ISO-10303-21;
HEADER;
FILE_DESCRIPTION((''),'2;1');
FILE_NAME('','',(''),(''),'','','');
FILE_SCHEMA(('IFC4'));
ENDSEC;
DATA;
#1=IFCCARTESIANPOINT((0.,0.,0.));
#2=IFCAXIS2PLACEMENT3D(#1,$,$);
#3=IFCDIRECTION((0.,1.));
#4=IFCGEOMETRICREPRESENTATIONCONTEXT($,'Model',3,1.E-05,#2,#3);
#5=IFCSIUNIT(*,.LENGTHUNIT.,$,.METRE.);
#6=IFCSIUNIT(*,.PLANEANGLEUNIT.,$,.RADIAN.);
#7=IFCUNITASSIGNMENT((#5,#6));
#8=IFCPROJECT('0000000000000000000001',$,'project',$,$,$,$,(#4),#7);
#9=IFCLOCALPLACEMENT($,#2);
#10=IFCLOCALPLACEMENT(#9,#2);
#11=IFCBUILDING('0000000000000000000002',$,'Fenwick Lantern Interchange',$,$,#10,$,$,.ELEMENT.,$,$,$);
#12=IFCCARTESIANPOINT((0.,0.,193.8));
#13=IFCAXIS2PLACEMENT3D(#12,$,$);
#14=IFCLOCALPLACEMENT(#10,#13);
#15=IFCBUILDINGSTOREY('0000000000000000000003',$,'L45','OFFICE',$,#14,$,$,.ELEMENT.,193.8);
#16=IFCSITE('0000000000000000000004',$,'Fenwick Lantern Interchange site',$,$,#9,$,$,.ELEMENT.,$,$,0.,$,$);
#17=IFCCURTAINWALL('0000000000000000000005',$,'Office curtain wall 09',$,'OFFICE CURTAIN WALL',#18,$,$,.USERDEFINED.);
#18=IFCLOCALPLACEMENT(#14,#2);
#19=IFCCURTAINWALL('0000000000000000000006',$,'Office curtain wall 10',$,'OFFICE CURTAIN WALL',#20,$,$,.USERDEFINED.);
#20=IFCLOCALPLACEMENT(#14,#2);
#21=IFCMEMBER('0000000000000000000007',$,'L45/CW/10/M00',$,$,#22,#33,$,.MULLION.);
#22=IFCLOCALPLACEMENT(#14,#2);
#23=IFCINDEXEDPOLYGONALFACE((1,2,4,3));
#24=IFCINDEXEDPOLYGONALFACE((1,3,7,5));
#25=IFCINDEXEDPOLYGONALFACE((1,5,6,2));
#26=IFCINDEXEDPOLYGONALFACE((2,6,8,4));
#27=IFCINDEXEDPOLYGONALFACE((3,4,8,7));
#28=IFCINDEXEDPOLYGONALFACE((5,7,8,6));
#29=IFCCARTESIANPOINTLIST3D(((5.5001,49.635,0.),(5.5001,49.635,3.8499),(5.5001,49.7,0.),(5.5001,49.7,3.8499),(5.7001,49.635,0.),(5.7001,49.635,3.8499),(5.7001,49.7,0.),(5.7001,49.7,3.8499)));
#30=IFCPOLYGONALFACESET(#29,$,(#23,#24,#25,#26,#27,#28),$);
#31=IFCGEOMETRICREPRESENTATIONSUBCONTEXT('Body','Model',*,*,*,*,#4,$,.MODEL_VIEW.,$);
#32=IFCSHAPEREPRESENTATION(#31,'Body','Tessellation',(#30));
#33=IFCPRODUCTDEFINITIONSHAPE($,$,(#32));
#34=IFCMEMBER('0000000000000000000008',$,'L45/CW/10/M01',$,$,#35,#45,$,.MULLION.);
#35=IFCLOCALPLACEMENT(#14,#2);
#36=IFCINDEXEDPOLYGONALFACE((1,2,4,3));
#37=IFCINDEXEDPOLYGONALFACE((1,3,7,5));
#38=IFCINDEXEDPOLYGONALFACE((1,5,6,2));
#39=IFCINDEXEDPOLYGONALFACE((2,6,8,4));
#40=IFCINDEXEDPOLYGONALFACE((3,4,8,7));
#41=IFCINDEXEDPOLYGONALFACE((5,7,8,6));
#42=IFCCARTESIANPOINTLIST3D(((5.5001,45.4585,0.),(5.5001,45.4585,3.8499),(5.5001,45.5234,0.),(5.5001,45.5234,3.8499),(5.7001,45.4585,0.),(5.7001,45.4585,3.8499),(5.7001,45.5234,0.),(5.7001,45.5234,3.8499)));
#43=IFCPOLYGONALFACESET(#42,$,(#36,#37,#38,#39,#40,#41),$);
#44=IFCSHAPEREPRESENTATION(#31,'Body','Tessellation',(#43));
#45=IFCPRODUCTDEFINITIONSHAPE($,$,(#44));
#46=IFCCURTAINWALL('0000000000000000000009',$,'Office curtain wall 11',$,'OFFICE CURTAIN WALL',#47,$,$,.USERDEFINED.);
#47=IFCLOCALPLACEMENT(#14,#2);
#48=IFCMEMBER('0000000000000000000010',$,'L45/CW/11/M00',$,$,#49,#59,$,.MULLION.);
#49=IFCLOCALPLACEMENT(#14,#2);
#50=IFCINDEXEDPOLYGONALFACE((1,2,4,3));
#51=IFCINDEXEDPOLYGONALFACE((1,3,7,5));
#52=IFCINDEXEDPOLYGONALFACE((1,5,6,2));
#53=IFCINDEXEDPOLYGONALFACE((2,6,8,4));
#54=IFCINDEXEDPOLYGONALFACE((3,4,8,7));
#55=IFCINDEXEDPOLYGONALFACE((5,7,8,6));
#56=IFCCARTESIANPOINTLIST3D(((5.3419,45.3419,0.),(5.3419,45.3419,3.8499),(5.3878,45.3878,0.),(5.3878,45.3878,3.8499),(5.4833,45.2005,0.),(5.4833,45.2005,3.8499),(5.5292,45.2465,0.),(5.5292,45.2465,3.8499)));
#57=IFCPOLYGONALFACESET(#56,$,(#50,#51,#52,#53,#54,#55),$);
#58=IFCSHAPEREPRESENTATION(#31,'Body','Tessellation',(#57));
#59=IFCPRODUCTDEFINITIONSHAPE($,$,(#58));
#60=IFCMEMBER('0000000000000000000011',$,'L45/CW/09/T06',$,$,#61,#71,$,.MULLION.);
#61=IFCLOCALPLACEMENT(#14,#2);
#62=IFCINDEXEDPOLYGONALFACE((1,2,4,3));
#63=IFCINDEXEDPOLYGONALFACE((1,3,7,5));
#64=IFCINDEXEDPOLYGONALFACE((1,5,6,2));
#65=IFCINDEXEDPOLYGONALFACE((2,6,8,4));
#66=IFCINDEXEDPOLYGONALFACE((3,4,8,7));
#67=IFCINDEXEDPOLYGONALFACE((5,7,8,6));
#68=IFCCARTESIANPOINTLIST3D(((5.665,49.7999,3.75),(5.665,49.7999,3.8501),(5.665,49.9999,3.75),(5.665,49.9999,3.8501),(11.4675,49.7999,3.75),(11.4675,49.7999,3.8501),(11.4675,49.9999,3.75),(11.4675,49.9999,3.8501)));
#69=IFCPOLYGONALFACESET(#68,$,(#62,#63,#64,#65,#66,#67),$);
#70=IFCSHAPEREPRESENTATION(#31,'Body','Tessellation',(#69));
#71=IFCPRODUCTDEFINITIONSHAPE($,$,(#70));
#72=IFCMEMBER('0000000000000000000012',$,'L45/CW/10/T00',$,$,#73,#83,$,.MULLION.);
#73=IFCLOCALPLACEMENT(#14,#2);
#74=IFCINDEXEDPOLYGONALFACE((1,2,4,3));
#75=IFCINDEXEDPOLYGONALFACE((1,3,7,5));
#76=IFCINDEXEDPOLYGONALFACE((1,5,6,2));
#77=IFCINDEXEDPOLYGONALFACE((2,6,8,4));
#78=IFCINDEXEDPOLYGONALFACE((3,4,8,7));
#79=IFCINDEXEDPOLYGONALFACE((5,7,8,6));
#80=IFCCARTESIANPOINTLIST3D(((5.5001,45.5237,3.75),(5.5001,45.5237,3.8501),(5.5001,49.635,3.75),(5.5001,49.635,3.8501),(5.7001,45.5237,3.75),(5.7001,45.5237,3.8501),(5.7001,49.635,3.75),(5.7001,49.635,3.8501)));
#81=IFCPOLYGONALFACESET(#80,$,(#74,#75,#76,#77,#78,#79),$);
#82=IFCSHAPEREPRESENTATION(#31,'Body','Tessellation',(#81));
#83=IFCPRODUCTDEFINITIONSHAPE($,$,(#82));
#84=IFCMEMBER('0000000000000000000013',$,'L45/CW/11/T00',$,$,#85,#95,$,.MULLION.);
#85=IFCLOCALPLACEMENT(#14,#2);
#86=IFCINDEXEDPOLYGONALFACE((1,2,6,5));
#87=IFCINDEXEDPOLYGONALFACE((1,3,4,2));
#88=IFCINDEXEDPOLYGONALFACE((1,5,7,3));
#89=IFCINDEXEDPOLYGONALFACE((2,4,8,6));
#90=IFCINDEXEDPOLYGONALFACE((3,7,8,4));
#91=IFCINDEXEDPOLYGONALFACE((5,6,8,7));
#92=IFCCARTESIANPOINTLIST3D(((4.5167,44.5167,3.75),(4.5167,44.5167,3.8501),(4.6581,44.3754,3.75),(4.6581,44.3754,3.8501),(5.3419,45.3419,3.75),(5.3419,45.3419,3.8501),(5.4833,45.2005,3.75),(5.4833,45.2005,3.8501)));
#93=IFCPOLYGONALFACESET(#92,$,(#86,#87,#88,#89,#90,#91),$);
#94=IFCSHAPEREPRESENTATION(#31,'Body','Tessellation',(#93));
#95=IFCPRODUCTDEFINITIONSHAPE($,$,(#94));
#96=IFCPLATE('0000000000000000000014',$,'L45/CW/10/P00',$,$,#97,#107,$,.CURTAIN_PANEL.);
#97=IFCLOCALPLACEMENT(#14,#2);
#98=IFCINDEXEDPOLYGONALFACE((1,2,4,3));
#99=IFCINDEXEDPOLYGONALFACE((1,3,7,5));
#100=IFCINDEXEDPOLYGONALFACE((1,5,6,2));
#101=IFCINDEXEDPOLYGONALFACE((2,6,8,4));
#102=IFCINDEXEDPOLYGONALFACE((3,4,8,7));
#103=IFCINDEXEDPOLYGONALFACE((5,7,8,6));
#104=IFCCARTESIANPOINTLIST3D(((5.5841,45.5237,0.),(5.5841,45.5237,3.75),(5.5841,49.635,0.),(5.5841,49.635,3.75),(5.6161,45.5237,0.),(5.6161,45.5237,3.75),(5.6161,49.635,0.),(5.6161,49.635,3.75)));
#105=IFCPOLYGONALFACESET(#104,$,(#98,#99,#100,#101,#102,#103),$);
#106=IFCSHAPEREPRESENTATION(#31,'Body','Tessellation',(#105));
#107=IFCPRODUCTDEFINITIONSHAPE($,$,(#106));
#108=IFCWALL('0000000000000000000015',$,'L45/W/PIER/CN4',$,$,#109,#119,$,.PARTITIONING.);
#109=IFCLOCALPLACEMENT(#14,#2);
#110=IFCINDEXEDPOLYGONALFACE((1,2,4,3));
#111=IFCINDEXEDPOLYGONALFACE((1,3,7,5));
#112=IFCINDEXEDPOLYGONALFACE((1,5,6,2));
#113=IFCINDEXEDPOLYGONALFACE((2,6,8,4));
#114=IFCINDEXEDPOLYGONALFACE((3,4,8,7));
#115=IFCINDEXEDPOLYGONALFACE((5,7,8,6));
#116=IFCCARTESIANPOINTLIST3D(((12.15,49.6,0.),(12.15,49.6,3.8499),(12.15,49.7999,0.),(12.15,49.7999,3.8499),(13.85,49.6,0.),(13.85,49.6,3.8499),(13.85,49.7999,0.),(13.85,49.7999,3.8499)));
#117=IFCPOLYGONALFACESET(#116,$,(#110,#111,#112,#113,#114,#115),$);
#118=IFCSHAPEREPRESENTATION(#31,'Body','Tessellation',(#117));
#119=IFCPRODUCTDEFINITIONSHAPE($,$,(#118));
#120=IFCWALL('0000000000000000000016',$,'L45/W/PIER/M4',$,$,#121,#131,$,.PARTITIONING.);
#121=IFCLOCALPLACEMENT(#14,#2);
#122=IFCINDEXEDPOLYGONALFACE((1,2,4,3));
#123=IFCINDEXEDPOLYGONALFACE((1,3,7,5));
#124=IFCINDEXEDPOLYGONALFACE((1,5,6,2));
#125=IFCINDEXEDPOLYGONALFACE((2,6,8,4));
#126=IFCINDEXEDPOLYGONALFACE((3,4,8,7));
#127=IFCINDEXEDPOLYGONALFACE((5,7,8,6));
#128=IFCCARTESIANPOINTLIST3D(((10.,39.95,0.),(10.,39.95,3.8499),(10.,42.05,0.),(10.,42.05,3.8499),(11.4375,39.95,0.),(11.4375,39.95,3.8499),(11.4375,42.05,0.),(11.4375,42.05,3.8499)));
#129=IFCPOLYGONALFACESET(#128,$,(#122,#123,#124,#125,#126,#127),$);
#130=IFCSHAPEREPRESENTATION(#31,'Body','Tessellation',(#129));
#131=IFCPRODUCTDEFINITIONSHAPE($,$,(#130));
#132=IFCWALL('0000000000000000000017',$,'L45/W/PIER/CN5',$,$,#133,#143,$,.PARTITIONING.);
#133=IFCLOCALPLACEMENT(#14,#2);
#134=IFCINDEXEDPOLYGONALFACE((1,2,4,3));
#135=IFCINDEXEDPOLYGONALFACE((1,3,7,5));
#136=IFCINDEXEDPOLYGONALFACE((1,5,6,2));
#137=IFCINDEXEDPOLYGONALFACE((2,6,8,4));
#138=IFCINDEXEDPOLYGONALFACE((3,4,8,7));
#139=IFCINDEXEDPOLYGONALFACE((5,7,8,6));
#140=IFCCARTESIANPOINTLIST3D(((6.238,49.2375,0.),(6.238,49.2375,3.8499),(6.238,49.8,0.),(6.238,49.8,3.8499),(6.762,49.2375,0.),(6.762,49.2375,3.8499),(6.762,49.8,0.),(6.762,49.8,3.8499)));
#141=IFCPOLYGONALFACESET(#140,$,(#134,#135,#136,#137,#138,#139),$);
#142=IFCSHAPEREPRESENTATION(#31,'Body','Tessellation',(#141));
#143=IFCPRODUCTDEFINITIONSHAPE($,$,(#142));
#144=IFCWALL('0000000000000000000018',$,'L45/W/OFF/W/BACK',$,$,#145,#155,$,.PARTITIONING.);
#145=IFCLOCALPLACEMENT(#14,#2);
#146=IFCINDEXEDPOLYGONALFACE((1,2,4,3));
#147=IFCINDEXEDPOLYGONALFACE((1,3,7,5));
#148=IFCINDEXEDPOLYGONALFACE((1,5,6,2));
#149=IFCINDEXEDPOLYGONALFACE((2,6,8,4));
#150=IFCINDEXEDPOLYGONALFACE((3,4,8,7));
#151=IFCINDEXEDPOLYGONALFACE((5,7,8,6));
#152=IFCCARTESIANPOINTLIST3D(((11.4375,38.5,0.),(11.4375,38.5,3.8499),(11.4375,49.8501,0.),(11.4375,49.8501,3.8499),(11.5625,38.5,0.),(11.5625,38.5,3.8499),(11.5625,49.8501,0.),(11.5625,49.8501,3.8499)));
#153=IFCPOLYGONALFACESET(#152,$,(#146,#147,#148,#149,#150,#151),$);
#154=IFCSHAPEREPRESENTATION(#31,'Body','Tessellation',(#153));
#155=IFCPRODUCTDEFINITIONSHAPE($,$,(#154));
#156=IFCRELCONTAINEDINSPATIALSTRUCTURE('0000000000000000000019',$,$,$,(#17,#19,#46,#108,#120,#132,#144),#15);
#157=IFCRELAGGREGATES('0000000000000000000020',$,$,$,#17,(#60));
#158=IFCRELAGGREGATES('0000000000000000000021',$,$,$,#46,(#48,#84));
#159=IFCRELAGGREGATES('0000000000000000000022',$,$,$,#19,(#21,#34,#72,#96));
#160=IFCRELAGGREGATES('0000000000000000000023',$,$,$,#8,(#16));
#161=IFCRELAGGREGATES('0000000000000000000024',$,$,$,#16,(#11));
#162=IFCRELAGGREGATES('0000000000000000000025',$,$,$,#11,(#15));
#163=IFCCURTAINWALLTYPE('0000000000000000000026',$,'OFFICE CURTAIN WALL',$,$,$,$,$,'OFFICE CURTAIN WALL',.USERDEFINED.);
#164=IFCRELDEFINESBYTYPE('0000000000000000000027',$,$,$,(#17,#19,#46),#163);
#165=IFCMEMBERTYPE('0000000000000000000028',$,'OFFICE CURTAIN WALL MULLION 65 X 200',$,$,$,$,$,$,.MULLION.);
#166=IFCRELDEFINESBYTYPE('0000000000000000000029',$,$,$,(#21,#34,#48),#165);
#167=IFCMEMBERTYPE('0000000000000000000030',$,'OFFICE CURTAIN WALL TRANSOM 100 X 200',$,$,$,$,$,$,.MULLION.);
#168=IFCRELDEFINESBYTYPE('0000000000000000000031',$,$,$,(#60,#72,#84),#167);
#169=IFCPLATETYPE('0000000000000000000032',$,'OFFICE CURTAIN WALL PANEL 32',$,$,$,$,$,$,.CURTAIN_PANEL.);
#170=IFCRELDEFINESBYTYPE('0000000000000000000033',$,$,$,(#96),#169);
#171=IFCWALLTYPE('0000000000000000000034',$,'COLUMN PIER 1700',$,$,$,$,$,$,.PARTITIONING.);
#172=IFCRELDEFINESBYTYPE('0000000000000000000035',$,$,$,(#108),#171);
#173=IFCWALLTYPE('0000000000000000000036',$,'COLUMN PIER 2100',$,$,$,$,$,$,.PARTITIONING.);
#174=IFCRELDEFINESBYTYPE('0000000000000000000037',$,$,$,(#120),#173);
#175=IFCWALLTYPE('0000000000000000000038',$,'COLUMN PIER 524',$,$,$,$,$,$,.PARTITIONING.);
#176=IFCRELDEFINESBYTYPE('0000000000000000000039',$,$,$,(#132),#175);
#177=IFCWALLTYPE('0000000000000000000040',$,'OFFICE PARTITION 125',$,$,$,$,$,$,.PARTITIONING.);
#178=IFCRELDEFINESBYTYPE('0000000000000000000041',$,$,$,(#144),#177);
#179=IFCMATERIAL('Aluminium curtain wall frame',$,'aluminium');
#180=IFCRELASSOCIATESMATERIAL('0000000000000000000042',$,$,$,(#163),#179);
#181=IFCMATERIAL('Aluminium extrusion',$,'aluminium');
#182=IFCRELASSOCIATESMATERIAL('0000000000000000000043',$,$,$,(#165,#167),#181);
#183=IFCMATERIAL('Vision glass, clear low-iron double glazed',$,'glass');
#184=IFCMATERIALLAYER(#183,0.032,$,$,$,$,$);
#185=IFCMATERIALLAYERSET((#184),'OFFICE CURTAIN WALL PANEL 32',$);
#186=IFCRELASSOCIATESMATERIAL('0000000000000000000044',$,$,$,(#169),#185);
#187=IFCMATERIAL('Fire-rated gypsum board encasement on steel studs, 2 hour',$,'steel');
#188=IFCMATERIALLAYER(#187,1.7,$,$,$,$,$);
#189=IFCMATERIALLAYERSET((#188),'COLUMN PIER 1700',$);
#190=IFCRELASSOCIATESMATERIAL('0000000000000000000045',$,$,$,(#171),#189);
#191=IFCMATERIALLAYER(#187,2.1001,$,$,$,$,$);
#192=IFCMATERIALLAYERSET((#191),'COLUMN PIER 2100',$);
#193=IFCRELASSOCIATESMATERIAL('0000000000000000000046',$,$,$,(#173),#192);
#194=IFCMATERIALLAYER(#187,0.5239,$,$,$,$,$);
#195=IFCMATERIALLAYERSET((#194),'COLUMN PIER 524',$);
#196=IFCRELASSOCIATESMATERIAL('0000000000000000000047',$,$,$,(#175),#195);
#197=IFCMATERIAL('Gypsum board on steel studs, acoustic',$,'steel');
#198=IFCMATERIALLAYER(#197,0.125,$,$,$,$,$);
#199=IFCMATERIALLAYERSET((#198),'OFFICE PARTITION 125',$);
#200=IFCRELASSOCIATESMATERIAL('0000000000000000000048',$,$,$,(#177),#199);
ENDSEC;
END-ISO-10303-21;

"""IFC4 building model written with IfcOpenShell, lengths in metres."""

from ifc_helpers import new_model, si_unit, direction, frame, frame_2d, origin, origin_2d, place, context, subcontext, project, spatial, rectangle, extrude, material, layer, layer_set, material_profile, profile_set, type_object, element, aggregate, save


model = new_model("IFC4")

# Units and contexts
model_context = context("Model", 3, precision=1e-05, world=origin(), true_north=direction((0.0, 1.0)))
body_context = subcontext(model_context, "Body", "Model", "MODEL_VIEW")
ifc_project = project(units=[si_unit("LENGTHUNIT", "METRE"), si_unit("PLANEANGLEUNIT", "RADIAN")], contexts=[model_context])

# Site, building, storey
site_placement = place(None, origin())
site = spatial("IfcSite", under=ifc_project, at=site_placement, Name="Fenwick Lantern Interchange site", CompositionType="ELEMENT", RefElevation=0.0)
building_placement = place(site_placement, origin())
building = spatial("IfcBuilding", under=site, at=building_placement, Name="Fenwick Lantern Interchange", CompositionType="ELEMENT")
storey_placement = place(building_placement, frame((0.0, 0.0, 193.8)))
storey = spatial("IfcBuildingStorey", under=building, at=storey_placement, Name="L45", Description="OFFICE", CompositionType="ELEMENT", Elevation=193.8)

# Curtain walls, members
ifc_material_1 = material(Name="Aluminium curtain wall frame", Category="aluminium")
curtain_wall_type = type_object("IfcCurtainWallType", Name="OFFICE CURTAIN WALL", ElementType="OFFICE CURTAIN WALL", PredefinedType="USERDEFINED", material=ifc_material_1)
curtain_wall_1_placement = place(storey_placement, origin())
curtain_wall_1 = element("IfcCurtainWall", 1, at=curtain_wall_1_placement, inside=storey, type_object=curtain_wall_type, Name="Office curtain wall 09", ObjectType="OFFICE CURTAIN WALL", PredefinedType="USERDEFINED")
ifc_material_2 = material(Name="Aluminium extrusion", Category="aluminium")
ifc_material_profile_1 = material_profile(ifc_material_2, rectangle(XDim=0.2, YDim=0.0649, at=origin_2d()), Name="OFFICE CURTAIN WALL MULLION 65 X 200")
ifc_profile_set_1 = profile_set([ifc_material_profile_1], Name="Aluminium extrusion")
member_type_1 = type_object("IfcMemberType", Name="OFFICE CURTAIN WALL MULLION 65 X 200", PredefinedType="MULLION", material=ifc_profile_set_1)
curtain_wall_2_placement = place(storey_placement, origin())
curtain_wall_2 = element("IfcCurtainWall", 2, at=curtain_wall_2_placement, inside=storey, type_object=curtain_wall_type, Name="Office curtain wall 10", ObjectType="OFFICE CURTAIN WALL", PredefinedType="USERDEFINED")
member_1_placement = place(storey_placement, frame((5.6001, 49.6675, 0.0), z_axis=(0.0, 0.0, 1.0), x_axis=(1.0, 0.0, 0.0)))
member_1 = element("IfcMember", 3, at=member_1_placement, type_object=member_type_1, Name="L45/CW/10/M00", PredefinedType="MULLION", context=body_context, shape_type="SweptSolid", body=[
    extrude(rectangle(XDim=0.2, YDim=0.0649, at=origin_2d()), origin(), (0.0, 0.0, 1.0), 3.8499),
])
member_2_placement = place(storey_placement, frame((5.6001, 45.491, 0.0), z_axis=(0.0, 0.0, 1.0), x_axis=(1.0, 0.0, 0.0)))
member_2 = element("IfcMember", 4, at=member_2_placement, type_object=member_type_1, Name="L45/CW/10/M01", PredefinedType="MULLION", context=body_context, shape_type="SweptSolid", body=[
    extrude(rectangle(XDim=0.2, YDim=0.0649, at=origin_2d()), origin(), (0.0, 0.0, 1.0), 3.8499),
])

# Curtain wall, member
curtain_wall_3_placement = place(storey_placement, origin())
curtain_wall_3 = element("IfcCurtainWall", 5, at=curtain_wall_3_placement, inside=storey, type_object=curtain_wall_type, Name="Office curtain wall 11", ObjectType="OFFICE CURTAIN WALL", PredefinedType="USERDEFINED")
member_3_placement = place(storey_placement, frame((5.4355, 45.2942, 0.0), z_axis=(0.0, 0.0, 1.0), x_axis=(0.707107, -0.707107, 0.0)))
member_3 = element("IfcMember", 6, at=member_3_placement, type_object=member_type_1, Name="L45/CW/11/M00", PredefinedType="MULLION", context=body_context, shape_type="SweptSolid", body=[
    extrude(rectangle(XDim=0.2, YDim=0.0649, at=origin_2d()), origin(), (0.0, 0.0, 1.0), 3.8499),
])

# Members
ifc_material_profile_2 = material_profile(ifc_material_2, rectangle(XDim=0.2, YDim=0.1001, at=origin_2d()), Name="OFFICE CURTAIN WALL TRANSOM 100 X 200")
ifc_profile_set_2 = profile_set([ifc_material_profile_2], Name="Aluminium extrusion")
member_type_2 = type_object("IfcMemberType", Name="OFFICE CURTAIN WALL TRANSOM 100 X 200", PredefinedType="MULLION", material=ifc_profile_set_2)
member_4_placement = place(storey_placement, frame((11.4675, 49.8999, 3.8), z_axis=(-1.0, 0.0, 0.0), x_axis=(0.0, -1.0, 0.0)))
member_4 = element("IfcMember", 7, at=member_4_placement, type_object=member_type_2, Name="L45/CW/09/T06", PredefinedType="MULLION", context=body_context, shape_type="SweptSolid", body=[
    extrude(rectangle(XDim=0.2, YDim=0.1001, at=origin_2d()), origin(), (0.0, 0.0, 1.0), 5.8025),
])
aggregate(curtain_wall_1, [member_4])
member_5_placement = place(storey_placement, frame((5.6001, 49.635, 3.8), z_axis=(0.0, -1.0, 0.0), x_axis=(1.0, 0.0, 0.0)))
member_5 = element("IfcMember", 8, at=member_5_placement, type_object=member_type_2, Name="L45/CW/10/T00", PredefinedType="MULLION", context=body_context, shape_type="SweptSolid", body=[
    extrude(rectangle(XDim=0.2, YDim=0.1001, at=origin_2d()), origin(), (0.0, 0.0, 1.0), 4.1113),
])
member_6_placement = place(storey_placement, frame((5.4126, 45.2712, 3.8), z_axis=(-0.707107, -0.707107, 0.0), x_axis=(0.707107, -0.707107, 0.0)))
member_6 = element("IfcMember", 9, at=member_6_placement, type_object=member_type_2, Name="L45/CW/11/T00", PredefinedType="MULLION", context=body_context, shape_type="SweptSolid", body=[
    extrude(rectangle(XDim=0.2, YDim=0.1001, at=origin_2d()), origin(), (0.0, 0.0, 1.0), 1.167),
])
aggregate(curtain_wall_3, [member_3, member_6])

# Plate
ifc_material_3 = material(Name="Vision glass, clear low-iron double glazed", Category="glass")
ifc_layer_1 = layer(ifc_material_3, 0.032)
ifc_layer_set_1 = layer_set([ifc_layer_1], Name="OFFICE CURTAIN WALL PANEL 32")
plate_type = type_object("IfcPlateType", Name="OFFICE CURTAIN WALL PANEL 32", PredefinedType="CURTAIN_PANEL", material=ifc_layer_set_1)
plate_placement = place(storey_placement, frame((5.6001, 47.5793, 0.0), z_axis=(0.0, 0.0, 1.0), x_axis=(0.0, -1.0, 0.0)))
plate = element("IfcPlate", 10, at=plate_placement, type_object=plate_type, Name="L45/CW/10/P00", PredefinedType="CURTAIN_PANEL", context=body_context, shape_type="SweptSolid", body=[
    extrude(rectangle(XDim=4.1113, YDim=0.032, at=origin_2d()), origin(), (0.0, 0.0, 1.0), 3.75),
])
aggregate(curtain_wall_2, [member_1, member_2, member_5, plate])

# Walls
ifc_material_4 = material(Name="Fire-rated gypsum board encasement on steel studs, 2 hour", Category="steel")
ifc_layer_2 = layer(ifc_material_4, 1.7)
ifc_layer_set_2 = layer_set([ifc_layer_2], Name="COLUMN PIER 1700")
wall_type_1 = type_object("IfcWallType", Name="COLUMN PIER 1700", PredefinedType="PARTITIONING", material=ifc_layer_set_2)
wall_1_placement = place(storey_placement, frame((13.0, 49.8, 0.0), z_axis=(0.0, 0.0, 1.0), x_axis=(0.0, -1.0, 0.0)))
element("IfcWall", 11, at=wall_1_placement, inside=storey, type_object=wall_type_1, Name="L45/W/PIER/CN4", PredefinedType="PARTITIONING", context=body_context, shape_type="SweptSolid", body=[
    extrude(rectangle(XDim=0.2, YDim=1.7, at=frame_2d((0.1001, 0.0))), origin(), (0.0, 0.0, 1.0), 3.8499),
])
ifc_layer_3 = layer(ifc_material_4, 2.1001)
ifc_layer_set_3 = layer_set([ifc_layer_3], Name="COLUMN PIER 2100")
wall_type_2 = type_object("IfcWallType", Name="COLUMN PIER 2100", PredefinedType="PARTITIONING", material=ifc_layer_set_3)
wall_2_placement = place(storey_placement, frame((11.4375, 41.0, 0.0), z_axis=(0.0, 0.0, 1.0), x_axis=(-1.0, 0.0, 0.0)))
element("IfcWall", 12, at=wall_2_placement, inside=storey, type_object=wall_type_2, Name="L45/W/PIER/M4", PredefinedType="PARTITIONING", context=body_context, shape_type="SweptSolid", body=[
    extrude(rectangle(XDim=1.4375, YDim=2.1001, at=frame_2d((0.7188, 0.0))), origin(), (0.0, 0.0, 1.0), 3.8499),
])
ifc_layer_4 = layer(ifc_material_4, 0.5239)
ifc_layer_set_4 = layer_set([ifc_layer_4], Name="COLUMN PIER 524")
wall_type_3 = type_object("IfcWallType", Name="COLUMN PIER 524", PredefinedType="PARTITIONING", material=ifc_layer_set_4)
wall_3_placement = place(storey_placement, frame((6.5, 49.8, 0.0), z_axis=(0.0, 0.0, 1.0), x_axis=(0.0, -1.0, 0.0)))
element("IfcWall", 13, at=wall_3_placement, inside=storey, type_object=wall_type_3, Name="L45/W/PIER/CN5", PredefinedType="PARTITIONING", context=body_context, shape_type="SweptSolid", body=[
    extrude(rectangle(XDim=0.5625, YDim=0.5239, at=frame_2d((0.2812, 0.0))), origin(), (0.0, 0.0, 1.0), 3.8499),
])
ifc_material_5 = material(Name="Gypsum board on steel studs, acoustic", Category="steel")
ifc_layer_5 = layer(ifc_material_5, 0.125)
ifc_layer_set_5 = layer_set([ifc_layer_5], Name="OFFICE PARTITION 125")
wall_type_4 = type_object("IfcWallType", Name="OFFICE PARTITION 125", PredefinedType="PARTITIONING", material=ifc_layer_set_5)
wall_4_placement = place(storey_placement, frame((11.5, 49.8501, 0.0), z_axis=(0.0, 0.0, 1.0), x_axis=(0.0, -1.0, 0.0)))
element("IfcWall", 14, at=wall_4_placement, inside=storey, type_object=wall_type_4, Name="L45/W/OFF/W/BACK", PredefinedType="PARTITIONING", context=body_context, shape_type="SweptSolid", body=[
    extrude(rectangle(XDim=11.3501, YDim=0.125, at=frame_2d((5.675, 0.0))), origin(), (0.0, 0.0, 1.0), 3.8499),
])

save(model, "model.ifc")
